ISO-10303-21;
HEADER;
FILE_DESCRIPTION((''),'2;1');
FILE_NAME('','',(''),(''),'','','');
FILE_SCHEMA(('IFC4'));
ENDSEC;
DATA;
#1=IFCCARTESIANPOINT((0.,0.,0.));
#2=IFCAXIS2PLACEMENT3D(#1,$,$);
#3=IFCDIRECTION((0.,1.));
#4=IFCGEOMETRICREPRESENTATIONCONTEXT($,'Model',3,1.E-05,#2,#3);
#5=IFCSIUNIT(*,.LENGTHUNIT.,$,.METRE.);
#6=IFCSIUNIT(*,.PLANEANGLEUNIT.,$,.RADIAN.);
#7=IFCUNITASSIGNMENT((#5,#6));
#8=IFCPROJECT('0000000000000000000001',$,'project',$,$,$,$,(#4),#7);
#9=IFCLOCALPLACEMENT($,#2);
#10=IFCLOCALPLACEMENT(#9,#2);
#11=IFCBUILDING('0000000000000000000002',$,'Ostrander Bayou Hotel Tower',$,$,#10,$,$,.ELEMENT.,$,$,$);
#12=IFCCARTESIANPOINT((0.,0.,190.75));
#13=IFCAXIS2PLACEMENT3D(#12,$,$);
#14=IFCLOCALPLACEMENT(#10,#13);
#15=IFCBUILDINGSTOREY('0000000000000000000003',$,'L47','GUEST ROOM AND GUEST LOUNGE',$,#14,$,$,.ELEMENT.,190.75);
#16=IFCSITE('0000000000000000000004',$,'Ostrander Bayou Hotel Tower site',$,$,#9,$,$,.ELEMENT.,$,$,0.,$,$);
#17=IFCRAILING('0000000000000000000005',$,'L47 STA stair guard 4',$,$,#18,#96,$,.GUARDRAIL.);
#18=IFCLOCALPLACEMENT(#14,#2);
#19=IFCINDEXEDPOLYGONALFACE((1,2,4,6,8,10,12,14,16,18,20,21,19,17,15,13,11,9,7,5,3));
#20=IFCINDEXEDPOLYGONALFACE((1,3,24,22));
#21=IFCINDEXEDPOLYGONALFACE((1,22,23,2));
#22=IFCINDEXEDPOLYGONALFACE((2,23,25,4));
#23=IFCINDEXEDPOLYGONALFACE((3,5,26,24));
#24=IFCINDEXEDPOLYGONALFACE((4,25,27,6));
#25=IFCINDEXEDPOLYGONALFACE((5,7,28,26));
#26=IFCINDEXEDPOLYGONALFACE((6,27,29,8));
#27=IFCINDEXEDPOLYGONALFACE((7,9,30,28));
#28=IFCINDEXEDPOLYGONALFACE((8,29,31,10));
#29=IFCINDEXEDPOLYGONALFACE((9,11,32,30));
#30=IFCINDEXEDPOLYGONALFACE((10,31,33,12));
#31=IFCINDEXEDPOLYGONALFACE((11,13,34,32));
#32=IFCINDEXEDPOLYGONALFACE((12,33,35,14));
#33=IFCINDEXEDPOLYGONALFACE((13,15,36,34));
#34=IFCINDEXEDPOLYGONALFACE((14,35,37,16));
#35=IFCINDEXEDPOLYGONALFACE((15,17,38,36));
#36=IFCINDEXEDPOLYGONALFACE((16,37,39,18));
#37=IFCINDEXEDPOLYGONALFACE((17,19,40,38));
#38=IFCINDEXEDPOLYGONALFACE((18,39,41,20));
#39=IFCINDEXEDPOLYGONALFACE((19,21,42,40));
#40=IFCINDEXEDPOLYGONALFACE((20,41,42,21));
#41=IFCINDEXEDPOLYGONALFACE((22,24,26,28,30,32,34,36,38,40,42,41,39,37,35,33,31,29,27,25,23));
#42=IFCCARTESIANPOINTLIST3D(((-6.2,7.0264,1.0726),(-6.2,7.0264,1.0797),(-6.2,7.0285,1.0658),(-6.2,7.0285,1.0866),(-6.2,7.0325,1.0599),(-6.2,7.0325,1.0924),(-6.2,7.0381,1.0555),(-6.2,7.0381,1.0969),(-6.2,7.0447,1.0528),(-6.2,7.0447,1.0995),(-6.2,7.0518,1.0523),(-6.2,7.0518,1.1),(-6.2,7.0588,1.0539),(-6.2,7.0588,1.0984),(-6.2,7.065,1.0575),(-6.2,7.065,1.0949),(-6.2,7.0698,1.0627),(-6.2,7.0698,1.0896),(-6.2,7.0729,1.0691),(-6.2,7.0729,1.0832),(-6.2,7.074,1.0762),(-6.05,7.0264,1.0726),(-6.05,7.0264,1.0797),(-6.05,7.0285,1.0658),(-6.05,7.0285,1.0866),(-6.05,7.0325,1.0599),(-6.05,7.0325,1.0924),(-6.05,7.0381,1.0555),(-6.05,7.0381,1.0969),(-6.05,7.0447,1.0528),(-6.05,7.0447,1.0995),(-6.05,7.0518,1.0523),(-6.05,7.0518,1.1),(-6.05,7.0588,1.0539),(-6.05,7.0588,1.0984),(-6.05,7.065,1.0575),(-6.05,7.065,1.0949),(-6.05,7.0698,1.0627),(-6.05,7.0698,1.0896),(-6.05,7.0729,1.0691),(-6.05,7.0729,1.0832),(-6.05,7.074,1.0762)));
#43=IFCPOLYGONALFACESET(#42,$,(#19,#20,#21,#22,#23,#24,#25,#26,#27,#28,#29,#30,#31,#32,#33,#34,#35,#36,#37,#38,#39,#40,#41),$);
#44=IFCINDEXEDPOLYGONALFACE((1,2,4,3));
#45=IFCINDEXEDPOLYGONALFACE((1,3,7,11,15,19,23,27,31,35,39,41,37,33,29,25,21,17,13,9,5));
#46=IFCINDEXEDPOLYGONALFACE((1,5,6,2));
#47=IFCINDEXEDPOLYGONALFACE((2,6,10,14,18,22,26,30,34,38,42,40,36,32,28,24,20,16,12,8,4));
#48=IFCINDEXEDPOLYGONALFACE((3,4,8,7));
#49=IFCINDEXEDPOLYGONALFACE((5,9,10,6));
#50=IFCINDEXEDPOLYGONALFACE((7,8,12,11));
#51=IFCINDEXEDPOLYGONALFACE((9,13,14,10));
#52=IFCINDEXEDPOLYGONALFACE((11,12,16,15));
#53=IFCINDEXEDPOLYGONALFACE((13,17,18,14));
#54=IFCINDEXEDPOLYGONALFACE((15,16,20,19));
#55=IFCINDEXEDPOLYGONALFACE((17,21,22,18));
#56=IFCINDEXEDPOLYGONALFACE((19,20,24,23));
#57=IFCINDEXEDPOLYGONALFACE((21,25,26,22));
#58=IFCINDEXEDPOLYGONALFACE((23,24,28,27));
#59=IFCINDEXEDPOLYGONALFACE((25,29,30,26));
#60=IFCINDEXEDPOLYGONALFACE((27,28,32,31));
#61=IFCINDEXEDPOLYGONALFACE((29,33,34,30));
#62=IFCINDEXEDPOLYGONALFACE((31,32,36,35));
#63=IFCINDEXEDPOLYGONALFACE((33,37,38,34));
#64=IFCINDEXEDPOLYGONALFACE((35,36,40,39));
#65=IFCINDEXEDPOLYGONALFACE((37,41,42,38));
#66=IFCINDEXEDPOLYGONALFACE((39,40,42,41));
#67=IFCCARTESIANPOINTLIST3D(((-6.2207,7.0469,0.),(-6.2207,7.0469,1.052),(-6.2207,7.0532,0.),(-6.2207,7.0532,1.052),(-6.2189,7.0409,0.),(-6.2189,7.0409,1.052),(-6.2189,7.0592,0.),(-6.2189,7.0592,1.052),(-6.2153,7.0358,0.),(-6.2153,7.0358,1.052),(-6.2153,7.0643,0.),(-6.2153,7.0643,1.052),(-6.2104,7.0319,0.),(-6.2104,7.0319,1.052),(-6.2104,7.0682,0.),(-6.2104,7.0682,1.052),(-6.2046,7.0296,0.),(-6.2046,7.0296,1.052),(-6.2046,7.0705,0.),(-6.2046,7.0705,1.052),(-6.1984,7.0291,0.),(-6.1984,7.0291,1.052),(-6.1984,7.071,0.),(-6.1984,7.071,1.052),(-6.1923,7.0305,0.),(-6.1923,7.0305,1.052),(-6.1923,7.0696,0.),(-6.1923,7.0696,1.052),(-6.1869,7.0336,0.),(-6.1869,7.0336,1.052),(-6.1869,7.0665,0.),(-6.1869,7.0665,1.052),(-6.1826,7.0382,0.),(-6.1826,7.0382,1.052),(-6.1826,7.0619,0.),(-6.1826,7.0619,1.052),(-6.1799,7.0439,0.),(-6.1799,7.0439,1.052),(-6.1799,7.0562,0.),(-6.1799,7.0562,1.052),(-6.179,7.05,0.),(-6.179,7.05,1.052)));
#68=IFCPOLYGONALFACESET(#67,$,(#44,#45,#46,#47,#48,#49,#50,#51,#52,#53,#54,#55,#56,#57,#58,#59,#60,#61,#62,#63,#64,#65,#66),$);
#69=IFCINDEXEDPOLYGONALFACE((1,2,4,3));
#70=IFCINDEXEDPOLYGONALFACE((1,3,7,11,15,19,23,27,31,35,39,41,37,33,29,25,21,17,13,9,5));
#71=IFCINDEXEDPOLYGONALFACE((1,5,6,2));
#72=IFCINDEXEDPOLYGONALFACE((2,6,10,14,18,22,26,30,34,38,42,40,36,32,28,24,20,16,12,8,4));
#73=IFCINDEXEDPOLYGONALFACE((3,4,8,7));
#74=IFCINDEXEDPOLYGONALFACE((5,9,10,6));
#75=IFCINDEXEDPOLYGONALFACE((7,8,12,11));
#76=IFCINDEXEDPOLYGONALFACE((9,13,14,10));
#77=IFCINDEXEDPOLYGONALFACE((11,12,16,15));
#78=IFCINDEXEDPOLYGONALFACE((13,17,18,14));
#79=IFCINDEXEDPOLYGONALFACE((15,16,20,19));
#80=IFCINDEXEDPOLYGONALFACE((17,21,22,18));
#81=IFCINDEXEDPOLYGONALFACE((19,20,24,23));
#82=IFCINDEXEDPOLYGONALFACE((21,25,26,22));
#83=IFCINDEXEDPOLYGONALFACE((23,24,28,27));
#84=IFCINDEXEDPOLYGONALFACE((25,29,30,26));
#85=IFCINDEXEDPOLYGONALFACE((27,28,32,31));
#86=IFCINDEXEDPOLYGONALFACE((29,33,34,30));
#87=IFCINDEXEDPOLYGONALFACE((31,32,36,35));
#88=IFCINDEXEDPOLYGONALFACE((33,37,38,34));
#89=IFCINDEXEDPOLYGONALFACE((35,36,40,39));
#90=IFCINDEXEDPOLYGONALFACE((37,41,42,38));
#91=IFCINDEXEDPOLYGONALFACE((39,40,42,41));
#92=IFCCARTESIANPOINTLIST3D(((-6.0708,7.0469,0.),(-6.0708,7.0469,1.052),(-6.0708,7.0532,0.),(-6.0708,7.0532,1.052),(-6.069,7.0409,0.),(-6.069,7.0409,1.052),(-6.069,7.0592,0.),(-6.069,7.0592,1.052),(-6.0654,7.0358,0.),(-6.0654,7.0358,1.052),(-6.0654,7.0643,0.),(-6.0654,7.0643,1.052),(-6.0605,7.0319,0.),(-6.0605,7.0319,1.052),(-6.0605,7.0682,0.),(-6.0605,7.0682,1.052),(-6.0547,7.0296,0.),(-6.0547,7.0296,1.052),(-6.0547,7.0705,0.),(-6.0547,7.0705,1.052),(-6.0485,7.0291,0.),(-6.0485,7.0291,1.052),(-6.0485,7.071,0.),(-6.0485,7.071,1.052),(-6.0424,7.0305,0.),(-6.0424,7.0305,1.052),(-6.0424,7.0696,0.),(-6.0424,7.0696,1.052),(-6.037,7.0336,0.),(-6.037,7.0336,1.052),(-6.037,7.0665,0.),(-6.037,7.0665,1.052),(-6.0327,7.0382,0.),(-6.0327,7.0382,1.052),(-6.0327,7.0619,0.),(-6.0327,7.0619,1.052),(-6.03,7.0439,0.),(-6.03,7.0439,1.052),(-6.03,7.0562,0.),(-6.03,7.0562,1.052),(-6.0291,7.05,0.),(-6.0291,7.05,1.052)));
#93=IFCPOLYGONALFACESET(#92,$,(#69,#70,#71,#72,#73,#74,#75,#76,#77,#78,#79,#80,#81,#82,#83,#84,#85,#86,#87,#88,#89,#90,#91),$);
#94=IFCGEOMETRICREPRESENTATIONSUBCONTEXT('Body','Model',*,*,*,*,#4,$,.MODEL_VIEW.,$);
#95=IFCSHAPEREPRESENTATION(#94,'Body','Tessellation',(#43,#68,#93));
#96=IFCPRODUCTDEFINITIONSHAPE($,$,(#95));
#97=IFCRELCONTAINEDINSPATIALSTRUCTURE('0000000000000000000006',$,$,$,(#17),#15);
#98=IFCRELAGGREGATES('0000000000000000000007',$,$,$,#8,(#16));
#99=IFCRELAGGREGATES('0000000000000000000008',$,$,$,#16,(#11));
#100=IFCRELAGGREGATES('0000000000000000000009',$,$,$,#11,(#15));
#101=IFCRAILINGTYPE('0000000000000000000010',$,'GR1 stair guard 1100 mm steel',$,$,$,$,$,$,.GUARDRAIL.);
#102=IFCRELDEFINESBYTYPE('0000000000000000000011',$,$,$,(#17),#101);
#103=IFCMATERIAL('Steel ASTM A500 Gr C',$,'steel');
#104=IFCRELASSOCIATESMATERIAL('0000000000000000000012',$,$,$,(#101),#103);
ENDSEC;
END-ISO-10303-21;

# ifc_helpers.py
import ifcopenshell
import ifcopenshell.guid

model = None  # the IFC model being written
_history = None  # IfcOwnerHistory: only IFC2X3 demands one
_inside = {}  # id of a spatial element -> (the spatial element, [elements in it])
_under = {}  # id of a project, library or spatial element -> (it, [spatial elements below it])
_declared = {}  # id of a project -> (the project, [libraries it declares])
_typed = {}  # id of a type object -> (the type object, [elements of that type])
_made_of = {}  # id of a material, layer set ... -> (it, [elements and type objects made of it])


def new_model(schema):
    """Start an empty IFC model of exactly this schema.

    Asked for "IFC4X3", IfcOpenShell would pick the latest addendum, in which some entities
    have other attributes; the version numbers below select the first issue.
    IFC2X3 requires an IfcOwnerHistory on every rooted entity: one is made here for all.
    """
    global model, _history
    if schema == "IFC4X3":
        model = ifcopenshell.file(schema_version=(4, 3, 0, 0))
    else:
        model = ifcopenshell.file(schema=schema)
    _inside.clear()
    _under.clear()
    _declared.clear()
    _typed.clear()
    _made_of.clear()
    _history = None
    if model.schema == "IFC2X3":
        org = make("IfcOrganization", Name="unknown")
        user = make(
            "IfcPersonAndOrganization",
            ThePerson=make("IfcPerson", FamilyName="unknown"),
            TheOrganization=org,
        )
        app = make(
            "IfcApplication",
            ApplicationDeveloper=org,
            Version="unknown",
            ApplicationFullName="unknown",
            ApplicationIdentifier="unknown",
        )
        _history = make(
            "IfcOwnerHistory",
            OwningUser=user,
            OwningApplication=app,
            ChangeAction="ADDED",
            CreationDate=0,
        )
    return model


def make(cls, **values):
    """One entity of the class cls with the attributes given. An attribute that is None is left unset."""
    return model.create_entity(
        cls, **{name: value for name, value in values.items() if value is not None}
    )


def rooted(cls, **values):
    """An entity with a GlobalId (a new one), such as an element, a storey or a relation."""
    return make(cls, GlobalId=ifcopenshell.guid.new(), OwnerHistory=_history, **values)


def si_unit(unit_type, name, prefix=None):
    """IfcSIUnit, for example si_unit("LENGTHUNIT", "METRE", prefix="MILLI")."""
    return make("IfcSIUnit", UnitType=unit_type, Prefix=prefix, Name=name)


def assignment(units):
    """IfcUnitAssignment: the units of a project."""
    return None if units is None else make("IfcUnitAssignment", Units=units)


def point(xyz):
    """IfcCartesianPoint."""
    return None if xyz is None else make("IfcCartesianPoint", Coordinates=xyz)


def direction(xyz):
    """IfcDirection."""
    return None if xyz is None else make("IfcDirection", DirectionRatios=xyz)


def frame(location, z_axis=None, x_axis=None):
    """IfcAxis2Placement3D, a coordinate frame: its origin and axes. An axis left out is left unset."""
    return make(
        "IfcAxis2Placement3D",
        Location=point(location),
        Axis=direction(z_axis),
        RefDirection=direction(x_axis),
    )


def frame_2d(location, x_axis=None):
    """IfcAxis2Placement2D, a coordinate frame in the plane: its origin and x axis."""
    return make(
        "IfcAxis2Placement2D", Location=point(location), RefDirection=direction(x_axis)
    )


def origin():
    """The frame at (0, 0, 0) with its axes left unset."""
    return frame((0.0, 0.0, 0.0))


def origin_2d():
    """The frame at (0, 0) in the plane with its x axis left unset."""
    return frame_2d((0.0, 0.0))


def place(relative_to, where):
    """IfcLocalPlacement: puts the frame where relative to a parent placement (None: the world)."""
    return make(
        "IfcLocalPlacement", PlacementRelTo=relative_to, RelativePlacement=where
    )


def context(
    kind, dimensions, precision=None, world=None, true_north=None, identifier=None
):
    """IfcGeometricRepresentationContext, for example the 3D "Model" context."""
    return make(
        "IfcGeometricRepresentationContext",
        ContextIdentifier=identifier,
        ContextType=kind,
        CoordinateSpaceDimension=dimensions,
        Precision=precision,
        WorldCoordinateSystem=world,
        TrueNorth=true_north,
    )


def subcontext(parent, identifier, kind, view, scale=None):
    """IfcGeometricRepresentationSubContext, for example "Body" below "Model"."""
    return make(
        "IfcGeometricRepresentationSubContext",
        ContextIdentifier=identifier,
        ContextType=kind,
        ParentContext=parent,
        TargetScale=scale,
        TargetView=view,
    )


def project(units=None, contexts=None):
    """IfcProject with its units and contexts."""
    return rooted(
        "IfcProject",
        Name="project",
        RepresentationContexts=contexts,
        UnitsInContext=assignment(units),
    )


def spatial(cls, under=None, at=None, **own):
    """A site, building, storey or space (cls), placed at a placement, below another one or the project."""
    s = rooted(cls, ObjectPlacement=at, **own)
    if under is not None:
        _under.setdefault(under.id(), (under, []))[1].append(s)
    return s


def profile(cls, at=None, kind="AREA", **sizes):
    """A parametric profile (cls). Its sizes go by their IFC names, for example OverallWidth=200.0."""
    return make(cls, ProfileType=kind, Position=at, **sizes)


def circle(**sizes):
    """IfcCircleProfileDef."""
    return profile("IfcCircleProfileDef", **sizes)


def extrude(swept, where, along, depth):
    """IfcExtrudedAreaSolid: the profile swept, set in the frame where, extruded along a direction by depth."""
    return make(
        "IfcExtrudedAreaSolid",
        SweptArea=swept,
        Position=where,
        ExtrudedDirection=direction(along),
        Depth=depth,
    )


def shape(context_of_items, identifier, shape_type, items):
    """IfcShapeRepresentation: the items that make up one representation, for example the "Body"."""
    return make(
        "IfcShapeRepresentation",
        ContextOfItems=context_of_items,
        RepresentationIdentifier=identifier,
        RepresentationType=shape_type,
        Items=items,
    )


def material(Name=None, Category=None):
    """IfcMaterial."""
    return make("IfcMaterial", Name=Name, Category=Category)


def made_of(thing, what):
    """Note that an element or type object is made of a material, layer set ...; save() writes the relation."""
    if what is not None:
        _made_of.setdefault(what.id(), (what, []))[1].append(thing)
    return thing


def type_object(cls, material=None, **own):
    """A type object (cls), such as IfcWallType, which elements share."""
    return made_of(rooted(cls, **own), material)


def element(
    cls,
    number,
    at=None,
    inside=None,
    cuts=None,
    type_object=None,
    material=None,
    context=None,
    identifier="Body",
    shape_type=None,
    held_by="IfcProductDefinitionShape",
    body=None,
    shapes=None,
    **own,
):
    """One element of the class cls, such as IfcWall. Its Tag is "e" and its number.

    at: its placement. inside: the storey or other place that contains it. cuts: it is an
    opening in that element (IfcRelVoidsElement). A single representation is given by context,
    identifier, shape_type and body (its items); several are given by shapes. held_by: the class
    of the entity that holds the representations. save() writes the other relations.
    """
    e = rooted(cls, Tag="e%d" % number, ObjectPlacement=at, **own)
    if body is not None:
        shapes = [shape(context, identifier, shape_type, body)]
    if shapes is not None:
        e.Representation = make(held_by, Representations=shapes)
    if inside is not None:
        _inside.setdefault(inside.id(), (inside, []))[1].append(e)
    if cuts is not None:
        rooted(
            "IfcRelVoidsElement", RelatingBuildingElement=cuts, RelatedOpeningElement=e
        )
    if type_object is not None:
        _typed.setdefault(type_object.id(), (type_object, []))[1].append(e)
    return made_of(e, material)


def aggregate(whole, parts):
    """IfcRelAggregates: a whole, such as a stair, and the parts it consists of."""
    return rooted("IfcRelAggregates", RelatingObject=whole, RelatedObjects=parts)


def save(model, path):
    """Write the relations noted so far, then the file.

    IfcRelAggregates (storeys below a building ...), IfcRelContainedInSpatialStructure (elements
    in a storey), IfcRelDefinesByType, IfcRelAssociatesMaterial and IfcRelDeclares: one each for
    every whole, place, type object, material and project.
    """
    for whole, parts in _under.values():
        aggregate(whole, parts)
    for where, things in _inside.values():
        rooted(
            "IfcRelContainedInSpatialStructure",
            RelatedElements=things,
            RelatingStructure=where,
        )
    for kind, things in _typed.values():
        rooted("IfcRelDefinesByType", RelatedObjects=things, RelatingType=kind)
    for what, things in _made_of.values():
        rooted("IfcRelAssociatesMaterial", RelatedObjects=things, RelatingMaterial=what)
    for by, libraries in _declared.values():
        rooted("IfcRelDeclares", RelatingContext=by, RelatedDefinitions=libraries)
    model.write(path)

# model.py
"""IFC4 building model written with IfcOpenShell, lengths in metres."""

from ifc_helpers import new_model, si_unit, direction, frame, origin, origin_2d, place, context, subcontext, project, spatial, circle, extrude, material, type_object, element, save


model = new_model("IFC4")

# Units and contexts
model_context = context("Model", 3, precision=1e-05, world=origin(), true_north=direction((0.0, 1.0)))
body_context = subcontext(model_context, "Body", "Model", "MODEL_VIEW")
ifc_project = project(units=[si_unit("LENGTHUNIT", "METRE"), si_unit("PLANEANGLEUNIT", "RADIAN")], contexts=[model_context])

# Site, building, storey
site_placement = place(None, origin())
site = spatial("IfcSite", under=ifc_project, at=site_placement, Name="Ostrander Bayou Hotel Tower site", CompositionType="ELEMENT", RefElevation=0.0)
building_placement = place(site_placement, origin())
building = spatial("IfcBuilding", under=site, at=building_placement, Name="Ostrander Bayou Hotel Tower", CompositionType="ELEMENT")
storey_placement = place(building_placement, frame((0.0, 0.0, 190.75)))
storey = spatial("IfcBuildingStorey", under=building, at=storey_placement, Name="L47", Description="GUEST ROOM AND GUEST LOUNGE", CompositionType="ELEMENT", Elevation=190.75)

# Railing
ifc_material_1 = material(Name="Steel ASTM A500 Gr C", Category="steel")
railing_type_1 = type_object("IfcRailingType", Name="GR1 stair guard 1100 mm steel", PredefinedType="GUARDRAIL", material=ifc_material_1)
railing_1_placement = place(storey_placement, frame((-6.2, 7.05, 0.0)))
element("IfcRailing", 1, at=railing_1_placement, inside=storey, type_object=railing_type_1, Name="L47 STA stair guard 4", PredefinedType="GUARDRAIL", context=body_context, shape_type="SweptSolid", body=[
    extrude(circle(Radius=0.0239, at=origin_2d()), frame((0.0, 0.0, 1.0762), z_axis=(1.0, 0.0, 0.0), x_axis=(0.0, 1.0, 0.0)), (0.0, 0.0, 1.0), 0.1499),
    extrude(circle(Radius=0.021, at=origin_2d()), origin(), (0.0, 0.0, 1.0), 1.052),
    extrude(circle(Radius=0.021, at=origin_2d()), frame((0.1499, 0.0, 0.0)), (0.0, 0.0, 1.0), 1.052),
])

save(model, "model.ifc")
